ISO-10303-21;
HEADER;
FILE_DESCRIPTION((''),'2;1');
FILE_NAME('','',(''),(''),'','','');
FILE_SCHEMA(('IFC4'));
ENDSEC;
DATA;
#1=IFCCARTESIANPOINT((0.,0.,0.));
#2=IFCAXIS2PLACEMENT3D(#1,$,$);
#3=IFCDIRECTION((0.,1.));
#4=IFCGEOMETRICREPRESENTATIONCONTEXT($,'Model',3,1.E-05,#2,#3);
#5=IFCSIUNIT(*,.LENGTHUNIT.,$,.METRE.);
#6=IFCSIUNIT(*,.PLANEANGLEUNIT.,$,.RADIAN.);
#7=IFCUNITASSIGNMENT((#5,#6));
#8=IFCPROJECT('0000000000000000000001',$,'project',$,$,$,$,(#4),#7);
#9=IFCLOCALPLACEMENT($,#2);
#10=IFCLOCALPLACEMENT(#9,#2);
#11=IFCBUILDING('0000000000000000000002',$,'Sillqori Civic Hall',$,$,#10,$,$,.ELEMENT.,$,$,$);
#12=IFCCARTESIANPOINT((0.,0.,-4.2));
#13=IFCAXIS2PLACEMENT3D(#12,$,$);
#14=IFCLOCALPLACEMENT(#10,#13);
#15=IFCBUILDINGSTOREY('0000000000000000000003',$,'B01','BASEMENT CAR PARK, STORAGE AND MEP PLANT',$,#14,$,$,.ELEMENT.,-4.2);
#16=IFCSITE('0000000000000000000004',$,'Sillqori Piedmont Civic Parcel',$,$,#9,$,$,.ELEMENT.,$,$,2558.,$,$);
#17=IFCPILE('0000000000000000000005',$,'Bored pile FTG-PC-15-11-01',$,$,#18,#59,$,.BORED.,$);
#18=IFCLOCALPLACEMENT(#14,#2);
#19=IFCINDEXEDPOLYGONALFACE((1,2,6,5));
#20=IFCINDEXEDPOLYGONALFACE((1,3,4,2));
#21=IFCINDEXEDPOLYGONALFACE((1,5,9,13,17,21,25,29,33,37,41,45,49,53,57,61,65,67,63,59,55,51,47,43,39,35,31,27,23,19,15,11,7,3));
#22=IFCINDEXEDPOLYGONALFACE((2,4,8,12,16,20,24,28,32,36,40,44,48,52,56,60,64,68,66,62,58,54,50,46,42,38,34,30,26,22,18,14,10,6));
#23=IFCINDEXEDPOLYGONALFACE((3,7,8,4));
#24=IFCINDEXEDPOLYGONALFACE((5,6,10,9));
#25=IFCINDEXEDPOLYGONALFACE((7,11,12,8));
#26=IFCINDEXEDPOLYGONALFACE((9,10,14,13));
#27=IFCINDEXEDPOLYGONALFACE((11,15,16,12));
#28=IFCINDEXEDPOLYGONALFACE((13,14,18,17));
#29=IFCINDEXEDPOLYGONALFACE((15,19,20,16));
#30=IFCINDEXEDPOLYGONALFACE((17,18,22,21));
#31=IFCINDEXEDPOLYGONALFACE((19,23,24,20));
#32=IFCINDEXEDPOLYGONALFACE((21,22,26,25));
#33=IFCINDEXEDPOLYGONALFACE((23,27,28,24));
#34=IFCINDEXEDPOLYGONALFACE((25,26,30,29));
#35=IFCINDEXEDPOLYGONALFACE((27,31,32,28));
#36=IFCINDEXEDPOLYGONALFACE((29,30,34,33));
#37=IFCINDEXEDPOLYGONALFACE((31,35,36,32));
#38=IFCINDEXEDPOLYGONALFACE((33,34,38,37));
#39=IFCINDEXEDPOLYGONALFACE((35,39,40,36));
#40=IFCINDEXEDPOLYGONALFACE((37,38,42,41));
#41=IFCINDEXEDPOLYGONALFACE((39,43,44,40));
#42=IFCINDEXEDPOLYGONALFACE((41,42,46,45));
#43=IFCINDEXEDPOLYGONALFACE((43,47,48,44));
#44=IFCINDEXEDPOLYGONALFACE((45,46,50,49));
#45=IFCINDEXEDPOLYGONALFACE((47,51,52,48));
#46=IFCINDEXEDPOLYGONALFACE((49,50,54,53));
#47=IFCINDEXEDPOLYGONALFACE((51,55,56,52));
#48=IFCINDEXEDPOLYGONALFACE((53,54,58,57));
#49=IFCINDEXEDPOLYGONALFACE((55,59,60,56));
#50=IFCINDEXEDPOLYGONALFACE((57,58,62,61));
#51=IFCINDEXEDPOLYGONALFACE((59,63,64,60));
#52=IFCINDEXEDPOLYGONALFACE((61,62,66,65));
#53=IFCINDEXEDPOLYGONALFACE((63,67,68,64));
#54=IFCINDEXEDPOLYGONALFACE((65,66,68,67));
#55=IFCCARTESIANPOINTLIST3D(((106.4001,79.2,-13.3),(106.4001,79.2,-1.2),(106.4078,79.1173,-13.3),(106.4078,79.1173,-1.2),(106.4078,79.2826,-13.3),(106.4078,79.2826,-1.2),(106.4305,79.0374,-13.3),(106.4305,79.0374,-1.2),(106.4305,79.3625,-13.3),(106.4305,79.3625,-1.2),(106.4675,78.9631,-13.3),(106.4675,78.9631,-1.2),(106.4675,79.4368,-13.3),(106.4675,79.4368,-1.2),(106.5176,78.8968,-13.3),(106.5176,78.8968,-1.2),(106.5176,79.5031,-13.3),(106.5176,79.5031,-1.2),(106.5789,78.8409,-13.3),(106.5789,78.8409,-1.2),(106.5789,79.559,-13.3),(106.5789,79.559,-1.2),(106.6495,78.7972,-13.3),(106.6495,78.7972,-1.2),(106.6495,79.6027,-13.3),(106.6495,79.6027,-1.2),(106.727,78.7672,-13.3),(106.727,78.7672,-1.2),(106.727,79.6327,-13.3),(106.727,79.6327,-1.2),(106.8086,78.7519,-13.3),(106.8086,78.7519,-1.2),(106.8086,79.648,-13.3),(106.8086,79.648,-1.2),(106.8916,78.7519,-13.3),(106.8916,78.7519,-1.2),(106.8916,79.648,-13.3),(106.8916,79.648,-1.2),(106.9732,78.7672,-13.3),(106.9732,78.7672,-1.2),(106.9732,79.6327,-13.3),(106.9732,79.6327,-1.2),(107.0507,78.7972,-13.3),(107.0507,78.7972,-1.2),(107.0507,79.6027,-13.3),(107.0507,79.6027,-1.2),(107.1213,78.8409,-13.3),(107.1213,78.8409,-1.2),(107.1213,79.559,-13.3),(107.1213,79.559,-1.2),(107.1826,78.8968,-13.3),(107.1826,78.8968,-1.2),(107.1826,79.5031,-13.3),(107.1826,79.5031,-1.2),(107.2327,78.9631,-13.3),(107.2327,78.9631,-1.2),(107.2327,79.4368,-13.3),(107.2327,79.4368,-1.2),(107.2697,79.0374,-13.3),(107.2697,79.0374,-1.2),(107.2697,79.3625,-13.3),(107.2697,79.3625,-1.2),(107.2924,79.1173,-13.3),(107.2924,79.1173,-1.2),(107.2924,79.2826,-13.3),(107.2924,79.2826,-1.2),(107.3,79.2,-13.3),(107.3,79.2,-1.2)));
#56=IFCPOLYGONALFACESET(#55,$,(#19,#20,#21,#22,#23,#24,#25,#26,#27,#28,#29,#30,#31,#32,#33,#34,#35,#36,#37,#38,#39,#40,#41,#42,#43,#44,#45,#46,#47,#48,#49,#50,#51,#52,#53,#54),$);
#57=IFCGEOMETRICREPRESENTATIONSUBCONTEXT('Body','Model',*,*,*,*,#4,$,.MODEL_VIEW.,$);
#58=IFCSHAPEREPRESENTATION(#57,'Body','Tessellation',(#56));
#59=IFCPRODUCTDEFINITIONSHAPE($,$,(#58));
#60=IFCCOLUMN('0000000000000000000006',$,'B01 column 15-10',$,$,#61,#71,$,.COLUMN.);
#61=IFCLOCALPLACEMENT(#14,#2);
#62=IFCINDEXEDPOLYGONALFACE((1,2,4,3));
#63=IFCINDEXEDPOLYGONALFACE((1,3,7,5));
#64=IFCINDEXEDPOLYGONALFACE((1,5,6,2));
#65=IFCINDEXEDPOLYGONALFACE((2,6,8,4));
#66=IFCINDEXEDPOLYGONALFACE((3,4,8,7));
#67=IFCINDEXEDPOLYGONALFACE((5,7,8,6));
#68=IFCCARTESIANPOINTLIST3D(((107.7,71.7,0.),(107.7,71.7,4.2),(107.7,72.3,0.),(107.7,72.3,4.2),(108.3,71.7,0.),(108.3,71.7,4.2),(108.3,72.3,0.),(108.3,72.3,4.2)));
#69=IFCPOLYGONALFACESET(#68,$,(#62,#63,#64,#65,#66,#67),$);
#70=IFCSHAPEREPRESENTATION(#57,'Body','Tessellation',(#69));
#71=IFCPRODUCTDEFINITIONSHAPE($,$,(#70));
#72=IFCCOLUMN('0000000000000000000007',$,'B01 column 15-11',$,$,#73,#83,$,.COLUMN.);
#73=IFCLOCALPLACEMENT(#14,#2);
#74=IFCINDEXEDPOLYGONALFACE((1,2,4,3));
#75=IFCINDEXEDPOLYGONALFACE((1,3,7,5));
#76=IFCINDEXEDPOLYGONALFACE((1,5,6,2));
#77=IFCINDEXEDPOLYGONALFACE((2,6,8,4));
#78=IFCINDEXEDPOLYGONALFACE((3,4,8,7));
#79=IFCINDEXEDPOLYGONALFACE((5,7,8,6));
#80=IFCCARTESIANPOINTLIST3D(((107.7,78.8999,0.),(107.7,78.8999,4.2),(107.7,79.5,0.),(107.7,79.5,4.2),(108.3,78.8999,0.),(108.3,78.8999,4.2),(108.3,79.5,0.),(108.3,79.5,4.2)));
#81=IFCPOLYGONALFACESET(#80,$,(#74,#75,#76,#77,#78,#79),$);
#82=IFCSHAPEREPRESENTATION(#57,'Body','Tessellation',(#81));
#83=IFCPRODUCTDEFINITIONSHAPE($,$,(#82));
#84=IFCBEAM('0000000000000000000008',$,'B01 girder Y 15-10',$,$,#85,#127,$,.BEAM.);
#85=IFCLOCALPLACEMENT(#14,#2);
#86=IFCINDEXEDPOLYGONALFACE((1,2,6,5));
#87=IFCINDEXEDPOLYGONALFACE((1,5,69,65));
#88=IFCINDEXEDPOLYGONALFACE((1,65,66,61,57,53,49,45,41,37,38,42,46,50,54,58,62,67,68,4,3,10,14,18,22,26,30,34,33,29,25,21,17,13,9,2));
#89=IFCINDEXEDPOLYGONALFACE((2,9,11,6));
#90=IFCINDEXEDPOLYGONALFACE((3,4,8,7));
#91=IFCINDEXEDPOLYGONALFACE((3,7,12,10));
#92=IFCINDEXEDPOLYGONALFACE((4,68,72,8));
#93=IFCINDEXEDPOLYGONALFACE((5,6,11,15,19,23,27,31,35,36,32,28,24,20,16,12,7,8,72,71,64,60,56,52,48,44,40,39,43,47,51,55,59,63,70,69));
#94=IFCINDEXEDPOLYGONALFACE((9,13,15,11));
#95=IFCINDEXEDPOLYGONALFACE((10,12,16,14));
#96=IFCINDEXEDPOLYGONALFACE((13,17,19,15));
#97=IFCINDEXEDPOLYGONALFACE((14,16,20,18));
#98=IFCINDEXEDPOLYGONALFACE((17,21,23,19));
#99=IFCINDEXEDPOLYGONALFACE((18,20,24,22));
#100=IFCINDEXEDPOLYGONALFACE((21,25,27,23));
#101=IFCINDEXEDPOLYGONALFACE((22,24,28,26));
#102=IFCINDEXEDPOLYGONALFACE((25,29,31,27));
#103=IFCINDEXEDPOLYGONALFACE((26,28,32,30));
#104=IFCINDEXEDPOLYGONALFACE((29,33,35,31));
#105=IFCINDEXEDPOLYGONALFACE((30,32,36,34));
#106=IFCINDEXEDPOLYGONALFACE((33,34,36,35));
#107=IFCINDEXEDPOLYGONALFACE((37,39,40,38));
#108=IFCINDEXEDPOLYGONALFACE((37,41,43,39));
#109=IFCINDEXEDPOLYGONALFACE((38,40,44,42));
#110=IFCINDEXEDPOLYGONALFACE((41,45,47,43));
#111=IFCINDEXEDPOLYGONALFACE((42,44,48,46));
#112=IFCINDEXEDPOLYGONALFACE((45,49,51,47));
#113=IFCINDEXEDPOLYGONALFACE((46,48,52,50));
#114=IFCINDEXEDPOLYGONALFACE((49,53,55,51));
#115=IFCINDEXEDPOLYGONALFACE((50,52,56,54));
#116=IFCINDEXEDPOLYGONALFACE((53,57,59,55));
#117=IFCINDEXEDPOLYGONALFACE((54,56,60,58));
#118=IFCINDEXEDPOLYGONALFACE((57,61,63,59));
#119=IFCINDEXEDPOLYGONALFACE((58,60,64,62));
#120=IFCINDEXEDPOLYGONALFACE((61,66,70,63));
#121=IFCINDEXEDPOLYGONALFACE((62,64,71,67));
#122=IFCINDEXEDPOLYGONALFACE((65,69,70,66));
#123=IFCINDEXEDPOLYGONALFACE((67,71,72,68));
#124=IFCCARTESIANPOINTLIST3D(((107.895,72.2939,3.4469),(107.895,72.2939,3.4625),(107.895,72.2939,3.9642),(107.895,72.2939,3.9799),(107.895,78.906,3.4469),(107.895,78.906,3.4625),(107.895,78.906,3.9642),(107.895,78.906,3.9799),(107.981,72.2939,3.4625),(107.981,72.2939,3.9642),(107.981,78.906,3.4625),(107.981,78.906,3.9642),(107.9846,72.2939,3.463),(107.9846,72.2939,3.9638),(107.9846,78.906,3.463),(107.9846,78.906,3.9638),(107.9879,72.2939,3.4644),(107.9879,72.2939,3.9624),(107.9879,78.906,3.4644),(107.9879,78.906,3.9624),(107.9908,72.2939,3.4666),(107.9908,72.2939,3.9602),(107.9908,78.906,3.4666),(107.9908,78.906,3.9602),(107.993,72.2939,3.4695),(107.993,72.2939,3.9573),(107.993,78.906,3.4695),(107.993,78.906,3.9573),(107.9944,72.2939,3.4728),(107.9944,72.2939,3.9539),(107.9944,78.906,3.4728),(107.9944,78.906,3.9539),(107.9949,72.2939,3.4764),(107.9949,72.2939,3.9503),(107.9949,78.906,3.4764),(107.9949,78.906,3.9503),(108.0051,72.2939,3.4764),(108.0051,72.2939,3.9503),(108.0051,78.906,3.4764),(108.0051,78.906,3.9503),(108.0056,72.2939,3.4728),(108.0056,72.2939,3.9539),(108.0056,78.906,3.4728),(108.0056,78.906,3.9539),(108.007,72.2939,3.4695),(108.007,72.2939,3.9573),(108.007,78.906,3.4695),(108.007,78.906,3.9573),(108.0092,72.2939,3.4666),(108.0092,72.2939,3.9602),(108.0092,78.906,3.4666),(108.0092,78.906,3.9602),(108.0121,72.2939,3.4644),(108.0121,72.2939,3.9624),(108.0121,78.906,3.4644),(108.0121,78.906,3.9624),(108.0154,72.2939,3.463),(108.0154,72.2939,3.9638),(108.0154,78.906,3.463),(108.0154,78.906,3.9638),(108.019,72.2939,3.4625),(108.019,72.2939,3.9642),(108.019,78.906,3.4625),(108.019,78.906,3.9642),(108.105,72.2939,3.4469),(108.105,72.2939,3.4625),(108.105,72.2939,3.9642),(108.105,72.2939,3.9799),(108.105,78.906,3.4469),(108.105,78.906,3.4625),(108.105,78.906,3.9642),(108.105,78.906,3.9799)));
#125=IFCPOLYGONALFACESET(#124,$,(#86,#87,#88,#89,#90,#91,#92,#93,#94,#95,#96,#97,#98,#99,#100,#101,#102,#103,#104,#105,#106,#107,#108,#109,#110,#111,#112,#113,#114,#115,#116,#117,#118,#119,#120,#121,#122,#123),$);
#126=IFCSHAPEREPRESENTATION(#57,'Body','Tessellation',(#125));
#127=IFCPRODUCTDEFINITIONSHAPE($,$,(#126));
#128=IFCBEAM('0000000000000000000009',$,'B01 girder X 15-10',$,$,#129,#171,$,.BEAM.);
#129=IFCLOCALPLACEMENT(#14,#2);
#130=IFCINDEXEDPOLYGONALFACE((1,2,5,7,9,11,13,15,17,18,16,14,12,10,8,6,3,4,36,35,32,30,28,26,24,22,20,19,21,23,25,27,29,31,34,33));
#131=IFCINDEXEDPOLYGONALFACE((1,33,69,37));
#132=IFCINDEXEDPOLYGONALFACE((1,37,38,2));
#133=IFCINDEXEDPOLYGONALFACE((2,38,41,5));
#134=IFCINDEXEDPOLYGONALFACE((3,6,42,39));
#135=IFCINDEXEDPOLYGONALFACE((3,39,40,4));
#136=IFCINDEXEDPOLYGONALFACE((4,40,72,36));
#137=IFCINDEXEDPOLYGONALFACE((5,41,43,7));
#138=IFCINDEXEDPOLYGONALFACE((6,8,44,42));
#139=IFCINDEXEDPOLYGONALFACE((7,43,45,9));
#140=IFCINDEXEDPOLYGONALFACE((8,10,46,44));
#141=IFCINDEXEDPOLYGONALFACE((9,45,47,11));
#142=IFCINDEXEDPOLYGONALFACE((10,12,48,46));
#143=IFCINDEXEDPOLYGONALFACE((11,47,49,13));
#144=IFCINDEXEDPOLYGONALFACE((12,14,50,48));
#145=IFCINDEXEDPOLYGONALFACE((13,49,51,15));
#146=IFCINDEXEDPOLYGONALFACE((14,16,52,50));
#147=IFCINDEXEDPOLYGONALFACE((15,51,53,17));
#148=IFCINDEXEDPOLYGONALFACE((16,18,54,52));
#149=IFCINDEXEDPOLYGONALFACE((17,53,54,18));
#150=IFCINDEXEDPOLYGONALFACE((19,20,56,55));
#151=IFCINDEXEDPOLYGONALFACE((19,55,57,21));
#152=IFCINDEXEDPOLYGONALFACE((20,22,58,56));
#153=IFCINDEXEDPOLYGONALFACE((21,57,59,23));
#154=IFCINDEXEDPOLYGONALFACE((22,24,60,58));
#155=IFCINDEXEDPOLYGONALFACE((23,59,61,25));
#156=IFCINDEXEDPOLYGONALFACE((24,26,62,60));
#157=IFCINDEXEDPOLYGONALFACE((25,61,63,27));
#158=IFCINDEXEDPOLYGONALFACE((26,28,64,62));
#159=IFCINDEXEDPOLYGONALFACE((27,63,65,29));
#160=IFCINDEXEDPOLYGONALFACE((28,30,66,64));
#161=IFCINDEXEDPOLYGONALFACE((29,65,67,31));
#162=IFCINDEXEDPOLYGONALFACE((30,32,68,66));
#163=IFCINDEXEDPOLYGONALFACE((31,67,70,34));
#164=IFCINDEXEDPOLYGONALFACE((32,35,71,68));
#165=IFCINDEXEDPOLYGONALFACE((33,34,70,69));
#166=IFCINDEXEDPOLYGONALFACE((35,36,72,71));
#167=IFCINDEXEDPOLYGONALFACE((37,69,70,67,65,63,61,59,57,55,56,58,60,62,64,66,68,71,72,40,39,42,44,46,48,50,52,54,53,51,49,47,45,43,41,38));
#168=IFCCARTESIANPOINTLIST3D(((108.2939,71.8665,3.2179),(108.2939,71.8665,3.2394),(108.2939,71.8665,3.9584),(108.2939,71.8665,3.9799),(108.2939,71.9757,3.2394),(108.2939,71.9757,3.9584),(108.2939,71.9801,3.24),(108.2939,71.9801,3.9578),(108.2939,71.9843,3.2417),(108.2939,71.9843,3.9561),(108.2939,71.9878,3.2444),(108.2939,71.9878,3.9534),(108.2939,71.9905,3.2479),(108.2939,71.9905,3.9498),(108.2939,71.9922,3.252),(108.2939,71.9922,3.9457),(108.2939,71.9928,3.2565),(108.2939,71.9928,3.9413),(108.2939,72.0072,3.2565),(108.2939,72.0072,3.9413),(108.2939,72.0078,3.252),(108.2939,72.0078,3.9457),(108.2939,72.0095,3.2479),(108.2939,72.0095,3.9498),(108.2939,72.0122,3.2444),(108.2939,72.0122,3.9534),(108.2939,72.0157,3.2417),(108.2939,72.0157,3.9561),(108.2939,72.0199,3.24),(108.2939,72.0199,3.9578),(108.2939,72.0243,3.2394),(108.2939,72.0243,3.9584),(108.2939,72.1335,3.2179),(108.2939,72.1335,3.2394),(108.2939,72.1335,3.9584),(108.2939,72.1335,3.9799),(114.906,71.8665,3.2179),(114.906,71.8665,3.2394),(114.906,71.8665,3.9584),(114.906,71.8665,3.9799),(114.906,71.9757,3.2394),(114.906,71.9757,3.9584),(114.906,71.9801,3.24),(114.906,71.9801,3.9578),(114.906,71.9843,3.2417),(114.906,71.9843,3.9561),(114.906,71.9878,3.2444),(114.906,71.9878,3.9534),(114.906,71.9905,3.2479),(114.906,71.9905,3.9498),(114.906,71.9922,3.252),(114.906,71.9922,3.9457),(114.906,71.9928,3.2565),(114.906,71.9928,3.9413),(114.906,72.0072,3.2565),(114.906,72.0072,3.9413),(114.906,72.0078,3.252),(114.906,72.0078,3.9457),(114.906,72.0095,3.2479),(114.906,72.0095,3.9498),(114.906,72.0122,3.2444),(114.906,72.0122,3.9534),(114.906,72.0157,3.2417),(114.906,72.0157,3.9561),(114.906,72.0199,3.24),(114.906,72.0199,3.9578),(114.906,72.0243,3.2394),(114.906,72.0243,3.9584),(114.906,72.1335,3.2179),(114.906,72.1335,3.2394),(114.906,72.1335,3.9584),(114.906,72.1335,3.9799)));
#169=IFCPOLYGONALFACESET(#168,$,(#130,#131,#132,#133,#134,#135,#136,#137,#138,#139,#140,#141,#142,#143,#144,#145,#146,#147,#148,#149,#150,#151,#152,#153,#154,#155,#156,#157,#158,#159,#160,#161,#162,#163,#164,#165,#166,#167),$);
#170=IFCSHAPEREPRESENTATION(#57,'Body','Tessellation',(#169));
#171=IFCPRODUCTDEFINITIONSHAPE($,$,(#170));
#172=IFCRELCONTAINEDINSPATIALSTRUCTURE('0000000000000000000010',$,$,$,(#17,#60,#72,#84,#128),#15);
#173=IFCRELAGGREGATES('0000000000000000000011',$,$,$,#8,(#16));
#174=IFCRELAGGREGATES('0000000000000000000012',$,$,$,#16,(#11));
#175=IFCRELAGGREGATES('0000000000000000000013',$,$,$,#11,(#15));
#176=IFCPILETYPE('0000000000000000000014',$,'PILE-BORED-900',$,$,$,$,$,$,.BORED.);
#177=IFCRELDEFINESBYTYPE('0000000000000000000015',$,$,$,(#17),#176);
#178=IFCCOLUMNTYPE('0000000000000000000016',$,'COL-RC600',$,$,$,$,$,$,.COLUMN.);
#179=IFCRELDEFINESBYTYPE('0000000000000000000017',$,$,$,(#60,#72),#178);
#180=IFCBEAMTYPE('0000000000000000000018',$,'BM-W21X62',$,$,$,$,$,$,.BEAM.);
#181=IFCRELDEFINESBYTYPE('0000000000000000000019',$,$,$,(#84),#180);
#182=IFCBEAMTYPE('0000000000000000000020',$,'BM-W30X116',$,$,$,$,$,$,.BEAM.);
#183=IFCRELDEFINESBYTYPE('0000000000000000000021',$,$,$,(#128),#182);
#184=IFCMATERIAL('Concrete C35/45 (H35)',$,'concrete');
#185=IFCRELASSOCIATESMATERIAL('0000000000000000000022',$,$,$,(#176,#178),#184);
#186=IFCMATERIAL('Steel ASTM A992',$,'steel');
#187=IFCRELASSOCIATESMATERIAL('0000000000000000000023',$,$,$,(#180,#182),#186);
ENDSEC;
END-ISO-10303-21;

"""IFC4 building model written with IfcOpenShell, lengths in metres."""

from ifc_helpers import new_model, si_unit, direction, frame, origin, origin_2d, place, context, subcontext, project, spatial, rectangle, circle, i_section, extrude, material, material_profile, profile_set, type_object, element, save


model = new_model("IFC4")

# Units and contexts
model_context = context("Model", 3, precision=1e-05, world=origin(), true_north=direction((0.0, 1.0)))
body_context = subcontext(model_context, "Body", "Model", "MODEL_VIEW")
ifc_project = project(units=[si_unit("LENGTHUNIT", "METRE"), si_unit("PLANEANGLEUNIT", "RADIAN")], contexts=[model_context])

# Site, building, storey
site_placement = place(None, origin())
site = spatial("IfcSite", under=ifc_project, at=site_placement, Name="Sillqori Piedmont Civic Parcel", CompositionType="ELEMENT", RefElevation=2558.0)
building_placement = place(site_placement, origin())
building = spatial("IfcBuilding", under=site, at=building_placement, Name="Sillqori Civic Hall", CompositionType="ELEMENT")
storey_placement = place(building_placement, frame((0.0, 0.0, -4.2)))
storey = spatial("IfcBuildingStorey", under=building, at=storey_placement, Name="B01", Description="BASEMENT CAR PARK, STORAGE AND MEP PLANT", CompositionType="ELEMENT", Elevation=-4.2)

# Shared definitions
ifc_material_1 = material(Name="Concrete C35/45 (H35)", Category="concrete")

# Pile
ifc_material_profile_1 = material_profile(ifc_material_1, circle(Radius=0.45, at=origin_2d()), Name="BORED PILE 900")
ifc_profile_set_1 = profile_set([ifc_material_profile_1], Name="Concrete C35/45 (H35)")
pile_type = type_object("IfcPileType", Name="PILE-BORED-900", PredefinedType="BORED", material=ifc_profile_set_1)
for number, where, z_axis, x_axis, name in (
    (1, (106.8501, 79.2, -1.2), (0.0, 0.0, -1.0), (1.0, 0.0, 0.0), "Bored pile FTG-PC-15-11-01"),
):
    element("IfcPile", number, at=place(storey_placement, frame(where, z_axis=z_axis, x_axis=x_axis)), inside=storey, type_object=pile_type, Name=name, PredefinedType="BORED", context=body_context, shape_type="SweptSolid", body=[
        extrude(circle(Radius=0.45, at=origin_2d()), origin(), (0.0, 0.0, 1.0), 12.1001),
    ])

# Columns
ifc_material_profile_2 = material_profile(ifc_material_1, rectangle(XDim=0.6001, YDim=0.6001, at=origin_2d()), Name="RC 600x600")
ifc_profile_set_2 = profile_set([ifc_material_profile_2], Name="Concrete C35/45 (H35)")
column_type = type_object("IfcColumnType", Name="COL-RC600", PredefinedType="COLUMN", material=ifc_profile_set_2)
for number, where, z_axis, x_axis, name in (
    (2, (108.0, 72.0, 0.0), (0.0, 0.0, 1.0), (1.0, 0.0, 0.0), "B01 column 15-10"),
    (3, (108.0, 79.2, 0.0), (0.0, 0.0, 1.0), (1.0, 0.0, 0.0), "B01 column 15-11"),
):
    element("IfcColumn", number, at=place(storey_placement, frame(where, z_axis=z_axis, x_axis=x_axis)), inside=storey, type_object=column_type, Name=name, PredefinedType="COLUMN", context=body_context, shape_type="SweptSolid", body=[
        extrude(rectangle(XDim=0.6001, YDim=0.6001, at=origin_2d()), origin(), (0.0, 0.0, 1.0), 4.2),
    ])

# Beams
ifc_material_2 = material(Name="Steel ASTM A992", Category="steel")
ifc_material_profile_3 = material_profile(ifc_material_2, i_section(OverallWidth=0.21, OverallDepth=0.533, WebThickness=0.0103, FlangeThickness=0.0156, FilletRadius=0.0139, at=origin_2d()), Name="W21X62")
ifc_profile_set_3 = profile_set([ifc_material_profile_3], Name="Steel ASTM A992")
beam_type_1 = type_object("IfcBeamType", Name="BM-W21X62", PredefinedType="BEAM", material=ifc_profile_set_3)
beam_placement = place(storey_placement, frame((108.0, 72.2939, 3.7134), z_axis=(0.0, 1.0, 0.0), x_axis=(-1.0, 0.0, 0.0)))
element("IfcBeam", 4, at=beam_placement, inside=storey, type_object=beam_type_1, Name="B01 girder Y 15-10", PredefinedType="BEAM", context=body_context, shape_type="SweptSolid", body=[
    extrude(i_section(OverallWidth=0.21, OverallDepth=0.533, WebThickness=0.0103, FlangeThickness=0.0156, FilletRadius=0.0139, at=origin_2d()), origin(), (0.0, 0.0, 1.0), 6.6121),
])
ifc_material_profile_4 = material_profile(ifc_material_2, i_section(OverallWidth=0.2671, OverallDepth=0.762, WebThickness=0.0144, FlangeThickness=0.0215, FilletRadius=0.0171, at=origin_2d()), Name="W30X116")
ifc_profile_set_4 = profile_set([ifc_material_profile_4], Name="Steel ASTM A992")
beam_type_2 = type_object("IfcBeamType", Name="BM-W30X116", PredefinedType="BEAM", material=ifc_profile_set_4)
for number, where, z_axis, x_axis, name in (
    (5, (108.2939, 72.0, 3.5989), (1.0, 0.0, 0.0), (0.0, 1.0, 0.0), "B01 girder X 15-10"),
):
    element("IfcBeam", number, at=place(storey_placement, frame(where, z_axis=z_axis, x_axis=x_axis)), inside=storey, type_object=beam_type_2, Name=name, PredefinedType="BEAM", context=body_context, shape_type="SweptSolid", body=[
        extrude(i_section(OverallWidth=0.2671, OverallDepth=0.762, WebThickness=0.0144, FlangeThickness=0.0215, FilletRadius=0.0171, at=origin_2d()), origin(), (0.0, 0.0, 1.0), 6.6121),
    ])

save(model, "model.ifc")
